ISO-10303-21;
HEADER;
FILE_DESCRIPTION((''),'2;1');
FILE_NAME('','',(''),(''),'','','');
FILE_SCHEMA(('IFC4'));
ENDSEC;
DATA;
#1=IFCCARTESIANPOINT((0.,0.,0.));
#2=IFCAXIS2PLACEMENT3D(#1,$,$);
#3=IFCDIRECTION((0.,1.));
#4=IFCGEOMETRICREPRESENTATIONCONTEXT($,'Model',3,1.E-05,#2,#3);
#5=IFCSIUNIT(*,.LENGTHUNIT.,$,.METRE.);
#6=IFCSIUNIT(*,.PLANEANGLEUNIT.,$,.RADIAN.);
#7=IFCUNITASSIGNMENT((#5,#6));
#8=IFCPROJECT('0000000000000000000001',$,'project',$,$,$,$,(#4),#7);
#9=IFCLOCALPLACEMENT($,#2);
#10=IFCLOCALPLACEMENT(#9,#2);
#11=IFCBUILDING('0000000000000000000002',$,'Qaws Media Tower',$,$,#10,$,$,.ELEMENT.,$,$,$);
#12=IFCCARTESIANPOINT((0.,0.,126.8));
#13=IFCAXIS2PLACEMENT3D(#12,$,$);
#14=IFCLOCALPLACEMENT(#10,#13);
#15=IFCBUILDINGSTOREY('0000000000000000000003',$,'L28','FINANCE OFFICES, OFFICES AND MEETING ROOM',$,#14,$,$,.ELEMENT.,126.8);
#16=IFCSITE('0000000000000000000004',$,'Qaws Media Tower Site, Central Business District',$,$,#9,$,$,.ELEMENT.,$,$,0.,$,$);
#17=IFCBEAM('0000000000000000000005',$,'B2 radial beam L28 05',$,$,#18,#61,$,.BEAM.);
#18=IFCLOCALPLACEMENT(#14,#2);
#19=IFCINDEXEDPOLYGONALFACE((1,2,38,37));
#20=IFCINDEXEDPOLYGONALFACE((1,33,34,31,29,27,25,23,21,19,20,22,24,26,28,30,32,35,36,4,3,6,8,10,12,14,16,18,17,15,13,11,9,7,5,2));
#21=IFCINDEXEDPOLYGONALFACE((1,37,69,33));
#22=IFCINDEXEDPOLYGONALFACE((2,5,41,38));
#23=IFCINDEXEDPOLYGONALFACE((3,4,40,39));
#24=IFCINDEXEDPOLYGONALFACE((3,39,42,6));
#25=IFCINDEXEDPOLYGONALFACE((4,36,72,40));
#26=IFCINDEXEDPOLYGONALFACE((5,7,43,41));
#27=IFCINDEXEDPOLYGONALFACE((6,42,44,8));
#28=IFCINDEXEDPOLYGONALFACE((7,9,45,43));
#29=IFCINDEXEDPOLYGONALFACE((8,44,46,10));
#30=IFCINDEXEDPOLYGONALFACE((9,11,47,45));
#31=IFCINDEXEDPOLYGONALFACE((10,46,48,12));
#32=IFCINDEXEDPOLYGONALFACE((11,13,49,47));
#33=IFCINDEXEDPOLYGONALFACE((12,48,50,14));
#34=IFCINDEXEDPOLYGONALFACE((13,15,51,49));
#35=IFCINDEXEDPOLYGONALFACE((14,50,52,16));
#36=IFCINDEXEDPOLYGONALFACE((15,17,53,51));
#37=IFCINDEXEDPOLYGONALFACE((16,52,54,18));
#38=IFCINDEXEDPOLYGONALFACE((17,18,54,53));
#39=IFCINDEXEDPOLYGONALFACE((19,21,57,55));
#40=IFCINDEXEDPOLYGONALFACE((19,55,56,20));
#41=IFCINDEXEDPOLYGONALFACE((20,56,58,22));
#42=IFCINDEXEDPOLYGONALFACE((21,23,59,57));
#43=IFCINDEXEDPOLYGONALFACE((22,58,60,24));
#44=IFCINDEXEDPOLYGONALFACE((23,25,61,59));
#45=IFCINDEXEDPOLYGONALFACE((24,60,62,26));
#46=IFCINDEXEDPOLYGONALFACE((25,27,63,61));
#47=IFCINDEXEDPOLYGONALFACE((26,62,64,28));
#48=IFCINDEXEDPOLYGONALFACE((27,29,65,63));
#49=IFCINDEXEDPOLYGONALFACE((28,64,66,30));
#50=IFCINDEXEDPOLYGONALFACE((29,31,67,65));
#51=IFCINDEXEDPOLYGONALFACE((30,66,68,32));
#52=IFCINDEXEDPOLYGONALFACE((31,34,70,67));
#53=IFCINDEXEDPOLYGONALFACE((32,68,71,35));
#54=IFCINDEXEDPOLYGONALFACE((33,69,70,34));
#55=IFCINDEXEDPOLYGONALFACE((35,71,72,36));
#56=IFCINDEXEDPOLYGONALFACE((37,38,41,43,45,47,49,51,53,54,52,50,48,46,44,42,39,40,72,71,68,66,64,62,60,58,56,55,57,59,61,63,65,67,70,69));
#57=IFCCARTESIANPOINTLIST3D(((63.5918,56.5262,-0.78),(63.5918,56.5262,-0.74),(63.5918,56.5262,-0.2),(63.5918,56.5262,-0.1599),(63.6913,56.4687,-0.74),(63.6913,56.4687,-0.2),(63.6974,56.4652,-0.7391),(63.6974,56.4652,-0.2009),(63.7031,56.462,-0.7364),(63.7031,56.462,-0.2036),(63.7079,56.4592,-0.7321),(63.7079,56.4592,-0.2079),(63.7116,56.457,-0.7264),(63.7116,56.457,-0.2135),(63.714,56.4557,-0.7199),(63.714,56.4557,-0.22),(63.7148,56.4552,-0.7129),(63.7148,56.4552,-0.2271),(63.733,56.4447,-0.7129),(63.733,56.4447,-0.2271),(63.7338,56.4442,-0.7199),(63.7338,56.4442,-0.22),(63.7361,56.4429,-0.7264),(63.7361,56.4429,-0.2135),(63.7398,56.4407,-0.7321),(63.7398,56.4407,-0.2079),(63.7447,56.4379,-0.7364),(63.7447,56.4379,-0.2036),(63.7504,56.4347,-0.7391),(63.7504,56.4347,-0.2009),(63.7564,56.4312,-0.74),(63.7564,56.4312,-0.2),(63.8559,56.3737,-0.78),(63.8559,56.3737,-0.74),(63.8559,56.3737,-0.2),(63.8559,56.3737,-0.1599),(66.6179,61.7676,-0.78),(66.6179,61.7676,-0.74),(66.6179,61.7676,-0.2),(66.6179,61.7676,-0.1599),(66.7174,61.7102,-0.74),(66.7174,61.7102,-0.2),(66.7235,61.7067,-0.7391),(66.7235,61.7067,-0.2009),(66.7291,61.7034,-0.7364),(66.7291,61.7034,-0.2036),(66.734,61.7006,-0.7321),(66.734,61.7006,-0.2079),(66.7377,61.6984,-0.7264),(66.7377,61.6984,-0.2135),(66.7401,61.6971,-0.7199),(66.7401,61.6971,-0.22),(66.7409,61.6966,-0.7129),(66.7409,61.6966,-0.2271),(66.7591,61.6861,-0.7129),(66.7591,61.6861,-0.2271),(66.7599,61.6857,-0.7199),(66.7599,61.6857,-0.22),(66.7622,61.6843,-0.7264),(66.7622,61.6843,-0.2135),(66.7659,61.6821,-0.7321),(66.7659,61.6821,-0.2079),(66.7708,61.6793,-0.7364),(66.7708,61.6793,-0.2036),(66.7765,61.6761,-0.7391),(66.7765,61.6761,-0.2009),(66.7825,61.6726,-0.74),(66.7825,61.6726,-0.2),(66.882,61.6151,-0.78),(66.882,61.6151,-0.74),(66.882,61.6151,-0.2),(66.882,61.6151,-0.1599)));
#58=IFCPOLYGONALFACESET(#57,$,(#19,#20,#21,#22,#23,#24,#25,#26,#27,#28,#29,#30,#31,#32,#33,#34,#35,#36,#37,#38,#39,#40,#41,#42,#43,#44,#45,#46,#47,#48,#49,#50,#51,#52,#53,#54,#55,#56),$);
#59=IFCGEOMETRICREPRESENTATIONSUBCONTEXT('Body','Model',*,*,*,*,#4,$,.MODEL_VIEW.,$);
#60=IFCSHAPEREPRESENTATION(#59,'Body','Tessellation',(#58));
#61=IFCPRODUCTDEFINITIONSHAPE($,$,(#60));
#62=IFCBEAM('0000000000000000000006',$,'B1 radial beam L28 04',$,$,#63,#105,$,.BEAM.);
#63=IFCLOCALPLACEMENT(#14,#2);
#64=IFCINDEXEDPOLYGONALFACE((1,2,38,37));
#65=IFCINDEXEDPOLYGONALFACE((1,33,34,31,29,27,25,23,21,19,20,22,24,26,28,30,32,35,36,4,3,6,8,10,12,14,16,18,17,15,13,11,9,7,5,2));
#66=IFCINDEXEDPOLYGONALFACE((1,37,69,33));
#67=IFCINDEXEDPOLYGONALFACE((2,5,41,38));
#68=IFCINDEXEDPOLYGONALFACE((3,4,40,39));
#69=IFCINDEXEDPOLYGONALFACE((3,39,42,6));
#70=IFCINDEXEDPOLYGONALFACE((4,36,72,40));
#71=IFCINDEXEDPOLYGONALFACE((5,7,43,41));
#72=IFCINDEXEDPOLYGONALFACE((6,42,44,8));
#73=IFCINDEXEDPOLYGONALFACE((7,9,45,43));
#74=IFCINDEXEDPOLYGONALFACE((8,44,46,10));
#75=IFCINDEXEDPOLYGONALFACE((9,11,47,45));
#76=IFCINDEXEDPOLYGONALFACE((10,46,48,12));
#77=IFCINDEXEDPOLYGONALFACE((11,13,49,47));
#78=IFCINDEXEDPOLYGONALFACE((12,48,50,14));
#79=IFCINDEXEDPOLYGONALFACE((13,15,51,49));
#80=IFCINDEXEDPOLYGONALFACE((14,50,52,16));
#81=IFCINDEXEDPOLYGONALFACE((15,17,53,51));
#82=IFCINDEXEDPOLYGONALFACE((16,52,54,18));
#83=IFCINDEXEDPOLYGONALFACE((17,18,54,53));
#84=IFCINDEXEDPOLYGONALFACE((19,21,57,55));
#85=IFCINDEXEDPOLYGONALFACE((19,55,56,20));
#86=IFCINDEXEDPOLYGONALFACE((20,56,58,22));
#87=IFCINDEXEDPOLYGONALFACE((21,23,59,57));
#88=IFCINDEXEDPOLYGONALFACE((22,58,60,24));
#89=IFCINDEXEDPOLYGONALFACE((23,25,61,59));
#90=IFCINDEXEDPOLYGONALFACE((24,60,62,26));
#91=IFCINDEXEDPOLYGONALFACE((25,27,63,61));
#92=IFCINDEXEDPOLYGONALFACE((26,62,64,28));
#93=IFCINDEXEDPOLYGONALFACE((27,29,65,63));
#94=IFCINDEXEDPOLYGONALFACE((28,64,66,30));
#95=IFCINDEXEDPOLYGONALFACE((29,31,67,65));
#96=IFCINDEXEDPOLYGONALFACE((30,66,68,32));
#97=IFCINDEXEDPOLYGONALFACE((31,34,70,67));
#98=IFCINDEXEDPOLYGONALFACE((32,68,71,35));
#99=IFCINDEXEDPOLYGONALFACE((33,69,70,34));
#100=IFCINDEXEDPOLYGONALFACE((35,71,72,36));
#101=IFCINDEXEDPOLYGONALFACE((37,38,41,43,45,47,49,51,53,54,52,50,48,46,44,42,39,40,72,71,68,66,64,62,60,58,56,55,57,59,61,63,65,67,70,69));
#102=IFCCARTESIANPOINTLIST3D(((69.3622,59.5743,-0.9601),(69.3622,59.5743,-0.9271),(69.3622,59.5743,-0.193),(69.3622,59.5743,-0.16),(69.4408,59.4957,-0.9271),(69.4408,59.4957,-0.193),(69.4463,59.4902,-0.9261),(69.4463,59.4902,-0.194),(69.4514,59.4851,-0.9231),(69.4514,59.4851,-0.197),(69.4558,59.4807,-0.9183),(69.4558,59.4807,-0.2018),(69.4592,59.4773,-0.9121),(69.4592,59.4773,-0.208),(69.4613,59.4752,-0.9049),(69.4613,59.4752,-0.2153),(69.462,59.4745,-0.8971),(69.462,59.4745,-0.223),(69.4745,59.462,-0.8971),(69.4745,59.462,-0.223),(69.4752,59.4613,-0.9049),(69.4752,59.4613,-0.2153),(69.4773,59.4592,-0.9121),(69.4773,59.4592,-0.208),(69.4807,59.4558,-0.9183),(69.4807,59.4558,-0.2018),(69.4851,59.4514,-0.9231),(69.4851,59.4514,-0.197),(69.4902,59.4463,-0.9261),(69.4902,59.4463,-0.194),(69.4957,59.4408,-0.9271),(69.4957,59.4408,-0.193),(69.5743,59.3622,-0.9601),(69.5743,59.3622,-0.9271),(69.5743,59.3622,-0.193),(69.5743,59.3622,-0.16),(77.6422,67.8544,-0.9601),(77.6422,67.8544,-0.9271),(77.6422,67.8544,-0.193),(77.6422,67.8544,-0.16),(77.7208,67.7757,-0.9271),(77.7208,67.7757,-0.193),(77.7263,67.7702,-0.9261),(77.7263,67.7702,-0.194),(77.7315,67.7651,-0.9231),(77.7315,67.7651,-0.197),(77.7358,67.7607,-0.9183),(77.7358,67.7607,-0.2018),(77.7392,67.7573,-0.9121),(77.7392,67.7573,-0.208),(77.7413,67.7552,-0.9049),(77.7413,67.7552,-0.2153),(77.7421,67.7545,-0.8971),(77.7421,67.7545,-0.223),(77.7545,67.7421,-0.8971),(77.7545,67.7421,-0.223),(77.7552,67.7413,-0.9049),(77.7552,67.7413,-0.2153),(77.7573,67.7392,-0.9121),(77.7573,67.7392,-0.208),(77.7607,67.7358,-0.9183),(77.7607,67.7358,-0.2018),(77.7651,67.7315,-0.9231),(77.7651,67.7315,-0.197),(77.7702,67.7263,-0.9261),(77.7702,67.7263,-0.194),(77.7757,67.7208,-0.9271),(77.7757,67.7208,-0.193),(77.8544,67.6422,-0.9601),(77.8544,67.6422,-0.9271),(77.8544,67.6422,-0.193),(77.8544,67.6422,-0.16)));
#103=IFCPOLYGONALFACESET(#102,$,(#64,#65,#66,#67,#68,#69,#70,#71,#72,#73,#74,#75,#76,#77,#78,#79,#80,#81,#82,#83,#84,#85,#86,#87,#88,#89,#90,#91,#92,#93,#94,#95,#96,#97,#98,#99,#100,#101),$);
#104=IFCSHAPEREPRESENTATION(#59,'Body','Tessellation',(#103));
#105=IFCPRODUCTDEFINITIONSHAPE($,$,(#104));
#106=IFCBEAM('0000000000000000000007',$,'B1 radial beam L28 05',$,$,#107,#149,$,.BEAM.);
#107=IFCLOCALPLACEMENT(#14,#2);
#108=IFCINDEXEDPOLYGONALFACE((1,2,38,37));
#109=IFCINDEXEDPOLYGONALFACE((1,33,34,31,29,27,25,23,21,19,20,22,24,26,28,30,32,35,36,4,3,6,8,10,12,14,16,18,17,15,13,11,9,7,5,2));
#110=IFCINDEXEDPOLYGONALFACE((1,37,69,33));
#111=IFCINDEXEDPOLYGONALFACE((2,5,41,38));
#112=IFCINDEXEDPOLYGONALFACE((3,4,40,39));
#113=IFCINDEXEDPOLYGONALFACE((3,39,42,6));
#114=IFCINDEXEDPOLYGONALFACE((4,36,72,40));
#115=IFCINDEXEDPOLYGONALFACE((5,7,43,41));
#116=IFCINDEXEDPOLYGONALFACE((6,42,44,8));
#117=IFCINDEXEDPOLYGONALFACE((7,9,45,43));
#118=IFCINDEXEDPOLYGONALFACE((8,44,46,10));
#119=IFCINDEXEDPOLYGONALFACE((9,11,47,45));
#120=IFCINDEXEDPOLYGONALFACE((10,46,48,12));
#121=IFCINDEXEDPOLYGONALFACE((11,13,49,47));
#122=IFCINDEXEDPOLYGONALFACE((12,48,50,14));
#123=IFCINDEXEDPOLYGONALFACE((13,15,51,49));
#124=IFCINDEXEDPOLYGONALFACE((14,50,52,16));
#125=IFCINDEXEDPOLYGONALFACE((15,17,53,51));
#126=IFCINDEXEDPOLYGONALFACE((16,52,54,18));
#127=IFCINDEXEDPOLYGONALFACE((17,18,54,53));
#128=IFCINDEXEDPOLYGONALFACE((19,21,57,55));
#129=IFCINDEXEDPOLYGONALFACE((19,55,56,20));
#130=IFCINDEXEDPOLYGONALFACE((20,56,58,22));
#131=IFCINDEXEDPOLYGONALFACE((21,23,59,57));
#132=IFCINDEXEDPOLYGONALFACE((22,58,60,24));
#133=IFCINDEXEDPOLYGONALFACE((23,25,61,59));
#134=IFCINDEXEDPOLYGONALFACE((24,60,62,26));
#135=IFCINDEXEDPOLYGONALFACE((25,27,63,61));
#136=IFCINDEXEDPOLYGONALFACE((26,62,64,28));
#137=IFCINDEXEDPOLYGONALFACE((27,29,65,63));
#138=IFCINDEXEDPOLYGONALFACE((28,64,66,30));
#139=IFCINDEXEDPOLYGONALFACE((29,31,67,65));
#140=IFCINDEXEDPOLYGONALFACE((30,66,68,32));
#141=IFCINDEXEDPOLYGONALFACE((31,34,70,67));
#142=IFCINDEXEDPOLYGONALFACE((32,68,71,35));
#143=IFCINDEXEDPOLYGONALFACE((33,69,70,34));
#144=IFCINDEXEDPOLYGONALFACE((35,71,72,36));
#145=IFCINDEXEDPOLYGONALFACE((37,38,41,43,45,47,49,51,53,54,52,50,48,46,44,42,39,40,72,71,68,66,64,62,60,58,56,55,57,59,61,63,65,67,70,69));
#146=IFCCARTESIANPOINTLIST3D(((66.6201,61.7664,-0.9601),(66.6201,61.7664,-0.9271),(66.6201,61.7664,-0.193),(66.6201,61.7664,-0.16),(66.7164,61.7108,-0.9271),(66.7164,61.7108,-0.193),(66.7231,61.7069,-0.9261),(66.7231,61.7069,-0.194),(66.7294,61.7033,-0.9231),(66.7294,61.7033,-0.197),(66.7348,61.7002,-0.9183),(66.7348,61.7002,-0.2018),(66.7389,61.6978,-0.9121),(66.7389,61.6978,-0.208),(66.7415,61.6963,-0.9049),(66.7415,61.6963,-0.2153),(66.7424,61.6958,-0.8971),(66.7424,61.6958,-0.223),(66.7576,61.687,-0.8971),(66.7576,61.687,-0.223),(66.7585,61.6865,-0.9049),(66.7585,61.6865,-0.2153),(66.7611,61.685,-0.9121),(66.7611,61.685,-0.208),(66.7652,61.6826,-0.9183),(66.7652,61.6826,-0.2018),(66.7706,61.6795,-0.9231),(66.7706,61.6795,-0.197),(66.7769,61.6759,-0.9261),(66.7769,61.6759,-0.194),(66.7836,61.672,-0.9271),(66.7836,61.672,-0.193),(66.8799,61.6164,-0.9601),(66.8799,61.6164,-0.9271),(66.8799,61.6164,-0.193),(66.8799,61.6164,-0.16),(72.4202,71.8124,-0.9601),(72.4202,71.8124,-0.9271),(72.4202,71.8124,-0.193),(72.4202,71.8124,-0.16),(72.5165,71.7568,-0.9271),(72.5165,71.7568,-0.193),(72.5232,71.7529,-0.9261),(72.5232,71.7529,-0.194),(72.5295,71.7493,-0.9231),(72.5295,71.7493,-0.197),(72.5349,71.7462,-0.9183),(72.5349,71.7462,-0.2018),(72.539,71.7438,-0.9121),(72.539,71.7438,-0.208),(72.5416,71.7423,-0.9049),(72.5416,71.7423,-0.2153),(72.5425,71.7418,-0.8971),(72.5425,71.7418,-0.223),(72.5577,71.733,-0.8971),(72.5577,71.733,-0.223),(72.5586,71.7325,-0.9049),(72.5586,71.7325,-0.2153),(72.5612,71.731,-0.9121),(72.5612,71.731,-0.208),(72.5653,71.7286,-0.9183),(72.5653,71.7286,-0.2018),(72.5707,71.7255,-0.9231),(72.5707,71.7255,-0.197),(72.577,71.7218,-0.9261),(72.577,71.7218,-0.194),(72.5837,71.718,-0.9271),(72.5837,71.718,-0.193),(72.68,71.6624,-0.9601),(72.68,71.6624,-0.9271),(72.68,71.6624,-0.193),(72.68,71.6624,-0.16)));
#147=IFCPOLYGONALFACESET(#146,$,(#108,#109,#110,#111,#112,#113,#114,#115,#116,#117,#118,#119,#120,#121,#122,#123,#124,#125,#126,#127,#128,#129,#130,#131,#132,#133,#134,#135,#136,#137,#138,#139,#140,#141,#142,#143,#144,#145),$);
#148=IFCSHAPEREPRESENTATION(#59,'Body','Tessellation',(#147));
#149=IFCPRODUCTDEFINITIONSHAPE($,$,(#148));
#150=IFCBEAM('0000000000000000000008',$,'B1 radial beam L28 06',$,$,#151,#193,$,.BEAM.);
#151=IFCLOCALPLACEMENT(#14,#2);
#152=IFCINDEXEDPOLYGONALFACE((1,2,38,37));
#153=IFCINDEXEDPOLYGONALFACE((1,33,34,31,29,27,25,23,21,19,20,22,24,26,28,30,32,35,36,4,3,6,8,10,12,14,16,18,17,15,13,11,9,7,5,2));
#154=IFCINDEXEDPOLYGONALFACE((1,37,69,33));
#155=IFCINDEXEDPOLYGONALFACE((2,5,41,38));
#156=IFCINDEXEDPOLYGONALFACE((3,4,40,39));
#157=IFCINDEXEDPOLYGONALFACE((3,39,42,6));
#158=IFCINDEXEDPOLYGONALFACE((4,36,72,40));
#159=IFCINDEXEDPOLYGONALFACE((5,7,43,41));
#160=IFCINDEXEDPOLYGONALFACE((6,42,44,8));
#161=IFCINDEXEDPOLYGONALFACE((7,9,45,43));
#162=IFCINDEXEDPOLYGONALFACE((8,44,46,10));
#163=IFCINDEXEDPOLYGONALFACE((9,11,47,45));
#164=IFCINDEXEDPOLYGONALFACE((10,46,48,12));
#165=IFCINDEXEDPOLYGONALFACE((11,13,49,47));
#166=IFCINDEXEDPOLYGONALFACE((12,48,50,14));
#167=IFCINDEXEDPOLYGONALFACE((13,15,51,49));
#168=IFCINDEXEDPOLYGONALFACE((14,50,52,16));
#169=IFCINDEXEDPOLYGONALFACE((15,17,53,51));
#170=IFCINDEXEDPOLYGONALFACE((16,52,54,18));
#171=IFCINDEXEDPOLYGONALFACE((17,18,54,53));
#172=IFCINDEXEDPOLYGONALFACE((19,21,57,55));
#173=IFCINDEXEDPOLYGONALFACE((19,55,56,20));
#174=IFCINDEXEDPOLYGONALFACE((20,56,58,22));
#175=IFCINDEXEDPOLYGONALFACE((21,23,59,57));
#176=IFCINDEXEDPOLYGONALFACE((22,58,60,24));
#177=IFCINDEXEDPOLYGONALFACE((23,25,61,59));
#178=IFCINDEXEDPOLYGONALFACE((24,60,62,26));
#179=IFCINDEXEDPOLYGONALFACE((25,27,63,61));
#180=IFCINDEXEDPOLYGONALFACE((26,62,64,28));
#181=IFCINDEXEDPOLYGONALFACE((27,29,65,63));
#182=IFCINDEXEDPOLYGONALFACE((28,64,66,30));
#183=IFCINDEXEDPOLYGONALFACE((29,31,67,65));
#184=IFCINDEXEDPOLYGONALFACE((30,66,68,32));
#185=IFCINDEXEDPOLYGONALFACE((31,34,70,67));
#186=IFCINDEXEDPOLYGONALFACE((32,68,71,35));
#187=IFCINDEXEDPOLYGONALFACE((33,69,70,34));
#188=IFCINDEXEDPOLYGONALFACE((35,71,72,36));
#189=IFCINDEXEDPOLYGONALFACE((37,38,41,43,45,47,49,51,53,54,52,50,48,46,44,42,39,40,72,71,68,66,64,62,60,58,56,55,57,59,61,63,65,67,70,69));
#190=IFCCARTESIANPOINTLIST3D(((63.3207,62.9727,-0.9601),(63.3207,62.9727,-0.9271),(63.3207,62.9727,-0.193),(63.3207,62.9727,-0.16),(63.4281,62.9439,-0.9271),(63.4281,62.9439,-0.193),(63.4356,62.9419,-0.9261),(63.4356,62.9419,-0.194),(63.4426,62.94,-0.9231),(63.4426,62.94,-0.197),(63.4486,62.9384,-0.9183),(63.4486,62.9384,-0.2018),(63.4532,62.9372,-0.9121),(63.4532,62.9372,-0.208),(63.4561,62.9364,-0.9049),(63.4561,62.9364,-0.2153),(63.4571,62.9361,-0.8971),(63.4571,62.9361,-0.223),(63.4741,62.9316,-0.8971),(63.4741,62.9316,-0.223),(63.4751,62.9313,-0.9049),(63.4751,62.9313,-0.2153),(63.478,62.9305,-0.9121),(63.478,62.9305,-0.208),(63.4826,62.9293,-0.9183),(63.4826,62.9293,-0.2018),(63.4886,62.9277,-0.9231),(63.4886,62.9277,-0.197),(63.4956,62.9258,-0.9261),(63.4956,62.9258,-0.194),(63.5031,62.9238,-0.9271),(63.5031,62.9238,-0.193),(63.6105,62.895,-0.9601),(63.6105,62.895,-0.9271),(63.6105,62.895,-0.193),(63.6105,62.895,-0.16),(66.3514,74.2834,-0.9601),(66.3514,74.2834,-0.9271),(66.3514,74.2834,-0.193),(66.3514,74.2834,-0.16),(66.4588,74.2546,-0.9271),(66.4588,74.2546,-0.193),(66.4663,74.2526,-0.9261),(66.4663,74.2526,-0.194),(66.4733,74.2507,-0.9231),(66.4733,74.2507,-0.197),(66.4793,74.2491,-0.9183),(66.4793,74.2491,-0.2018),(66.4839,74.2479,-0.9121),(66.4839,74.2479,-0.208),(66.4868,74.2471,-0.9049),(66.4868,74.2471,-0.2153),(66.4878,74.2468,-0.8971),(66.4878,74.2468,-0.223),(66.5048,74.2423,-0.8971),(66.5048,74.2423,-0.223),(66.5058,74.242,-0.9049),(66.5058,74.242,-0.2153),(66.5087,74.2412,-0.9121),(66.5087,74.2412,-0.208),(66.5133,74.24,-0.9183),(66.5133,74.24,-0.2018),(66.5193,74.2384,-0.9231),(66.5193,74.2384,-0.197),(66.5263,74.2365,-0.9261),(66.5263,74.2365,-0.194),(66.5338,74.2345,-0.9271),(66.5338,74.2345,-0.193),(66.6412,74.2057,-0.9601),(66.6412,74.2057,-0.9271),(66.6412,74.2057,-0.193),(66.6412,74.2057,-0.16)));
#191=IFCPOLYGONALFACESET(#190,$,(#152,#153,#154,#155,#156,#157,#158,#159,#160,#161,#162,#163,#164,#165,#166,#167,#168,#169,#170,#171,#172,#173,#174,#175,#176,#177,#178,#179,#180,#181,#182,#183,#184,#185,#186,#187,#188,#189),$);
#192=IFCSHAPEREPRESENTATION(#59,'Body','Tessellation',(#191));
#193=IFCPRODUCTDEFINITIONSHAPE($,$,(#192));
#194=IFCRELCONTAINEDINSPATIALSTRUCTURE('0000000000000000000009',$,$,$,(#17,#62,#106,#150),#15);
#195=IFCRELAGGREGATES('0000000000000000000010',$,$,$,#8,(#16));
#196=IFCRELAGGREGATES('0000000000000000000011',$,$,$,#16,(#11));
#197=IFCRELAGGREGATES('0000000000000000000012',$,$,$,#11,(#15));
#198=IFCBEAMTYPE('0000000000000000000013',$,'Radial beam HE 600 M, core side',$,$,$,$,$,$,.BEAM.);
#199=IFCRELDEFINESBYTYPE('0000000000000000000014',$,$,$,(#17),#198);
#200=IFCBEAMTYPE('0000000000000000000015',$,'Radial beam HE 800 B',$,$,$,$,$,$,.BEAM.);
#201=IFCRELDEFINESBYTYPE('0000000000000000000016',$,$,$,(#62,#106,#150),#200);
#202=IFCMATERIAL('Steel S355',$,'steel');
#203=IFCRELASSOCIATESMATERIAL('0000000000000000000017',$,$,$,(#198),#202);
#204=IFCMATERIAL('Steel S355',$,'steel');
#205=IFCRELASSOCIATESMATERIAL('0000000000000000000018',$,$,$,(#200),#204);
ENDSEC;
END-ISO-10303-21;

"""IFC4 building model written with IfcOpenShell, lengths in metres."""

from ifc_helpers import new_model, si_unit, direction, frame, origin, origin_2d, place, context, subcontext, project, spatial, i_section, extrude, material, material_profile, profile_set, type_object, element, save


model = new_model("IFC4")

# Units and contexts
model_context = context("Model", 3, precision=1e-05, world=origin(), true_north=direction((0.0, 1.0)))
body_context = subcontext(model_context, "Body", "Model", "MODEL_VIEW")
ifc_project = project(units=[si_unit("LENGTHUNIT", "METRE"), si_unit("PLANEANGLEUNIT", "RADIAN")], contexts=[model_context])

# Site, building, storey
site_placement = place(None, origin())
site = spatial("IfcSite", under=ifc_project, at=site_placement, Name="Qaws Media Tower Site, Central Business District", CompositionType="ELEMENT", RefElevation=0.0)
building_placement = place(site_placement, origin())
building = spatial("IfcBuilding", under=site, at=building_placement, Name="Qaws Media Tower", CompositionType="ELEMENT")
storey_placement = place(building_placement, frame((0.0, 0.0, 126.8)))
storey = spatial("IfcBuildingStorey", under=building, at=storey_placement, Name="L28", Description="FINANCE OFFICES, OFFICES AND MEETING ROOM", CompositionType="ELEMENT", Elevation=126.8)

# Beams
ifc_material_1 = material(Name="Steel S355", Category="steel")
ifc_material_profile_1 = material_profile(ifc_material_1, i_section(OverallWidth=0.3049, OverallDepth=0.6201, WebThickness=0.021, FlangeThickness=0.04, FilletRadius=0.0271, at=origin_2d()), Name="HE 600 M")
ifc_profile_set_1 = profile_set([ifc_material_profile_1], Name="Steel S355")
beam_type_1 = type_object("IfcBeamType", Name="Radial beam HE 600 M, core side", PredefinedType="BEAM", material=ifc_profile_set_1)
beam_1_placement = place(storey_placement, frame((63.7239, 56.45, -0.47), z_axis=(0.499996, 0.866028, 0.0), x_axis=(-0.866028, 0.499996, 0.0)))
element("IfcBeam", 1, at=beam_1_placement, inside=storey, type_object=beam_type_1, Name="B2 radial beam L28 05", PredefinedType="BEAM", context=body_context, shape_type="SweptSolid", body=[
    extrude(i_section(OverallWidth=0.3049, OverallDepth=0.6201, WebThickness=0.021, FlangeThickness=0.04, FilletRadius=0.0271, at=origin_2d()), origin(), (0.0, 0.0, 1.0), 6.0522),
])
ifc_material_2 = material(Name="Steel S355", Category="steel")
ifc_material_profile_2 = material_profile(ifc_material_2, i_section(OverallWidth=0.3, OverallDepth=0.8, WebThickness=0.0176, FlangeThickness=0.033, FilletRadius=0.03, at=origin_2d()), Name="HE 800 B")
ifc_profile_set_2 = profile_set([ifc_material_profile_2], Name="Steel S355")
beam_type_2 = type_object("IfcBeamType", Name="Radial beam HE 800 B", PredefinedType="BEAM", material=ifc_profile_set_2)
beam_2_placement = place(storey_placement, frame((69.4683, 59.4683, -0.5601), z_axis=(0.707107, 0.707107, 0.0), x_axis=(-0.707107, 0.707107, 0.0)))
element("IfcBeam", 2, at=beam_2_placement, inside=storey, type_object=beam_type_2, Name="B1 radial beam L28 04", PredefinedType="BEAM", context=body_context, shape_type="SweptSolid", body=[
    extrude(i_section(OverallWidth=0.3, OverallDepth=0.8, WebThickness=0.0176, FlangeThickness=0.033, FilletRadius=0.03, at=origin_2d()), origin(), (0.0, 0.0, 1.0), 11.7097),
])
beam_3_placement = place(storey_placement, frame((66.75, 61.6914, -0.5601), z_axis=(0.500003, 0.866024, 0.0), x_axis=(-0.866024, 0.500003, 0.0)))
element("IfcBeam", 3, at=beam_3_placement, inside=storey, type_object=beam_type_2, Name="B1 radial beam L28 05", PredefinedType="BEAM", context=body_context, shape_type="SweptSolid", body=[
    extrude(i_section(OverallWidth=0.3, OverallDepth=0.8, WebThickness=0.0176, FlangeThickness=0.033, FilletRadius=0.03, at=origin_2d()), origin(), (0.0, 0.0, 1.0), 11.6001),
])
beam_4_placement = place(storey_placement, frame((63.4656, 62.9338, -0.5601), z_axis=(0.258823, 0.965925, 0.0), x_axis=(-0.965925, 0.258823, 0.0)))
element("IfcBeam", 4, at=beam_4_placement, inside=storey, type_object=beam_type_2, Name="B1 radial beam L28 06", PredefinedType="BEAM", context=body_context, shape_type="SweptSolid", body=[
    extrude(i_section(OverallWidth=0.3, OverallDepth=0.8, WebThickness=0.0176, FlangeThickness=0.033, FilletRadius=0.03, at=origin_2d()), origin(), (0.0, 0.0, 1.0), 11.7097),
])

save(model, "model.ifc")
